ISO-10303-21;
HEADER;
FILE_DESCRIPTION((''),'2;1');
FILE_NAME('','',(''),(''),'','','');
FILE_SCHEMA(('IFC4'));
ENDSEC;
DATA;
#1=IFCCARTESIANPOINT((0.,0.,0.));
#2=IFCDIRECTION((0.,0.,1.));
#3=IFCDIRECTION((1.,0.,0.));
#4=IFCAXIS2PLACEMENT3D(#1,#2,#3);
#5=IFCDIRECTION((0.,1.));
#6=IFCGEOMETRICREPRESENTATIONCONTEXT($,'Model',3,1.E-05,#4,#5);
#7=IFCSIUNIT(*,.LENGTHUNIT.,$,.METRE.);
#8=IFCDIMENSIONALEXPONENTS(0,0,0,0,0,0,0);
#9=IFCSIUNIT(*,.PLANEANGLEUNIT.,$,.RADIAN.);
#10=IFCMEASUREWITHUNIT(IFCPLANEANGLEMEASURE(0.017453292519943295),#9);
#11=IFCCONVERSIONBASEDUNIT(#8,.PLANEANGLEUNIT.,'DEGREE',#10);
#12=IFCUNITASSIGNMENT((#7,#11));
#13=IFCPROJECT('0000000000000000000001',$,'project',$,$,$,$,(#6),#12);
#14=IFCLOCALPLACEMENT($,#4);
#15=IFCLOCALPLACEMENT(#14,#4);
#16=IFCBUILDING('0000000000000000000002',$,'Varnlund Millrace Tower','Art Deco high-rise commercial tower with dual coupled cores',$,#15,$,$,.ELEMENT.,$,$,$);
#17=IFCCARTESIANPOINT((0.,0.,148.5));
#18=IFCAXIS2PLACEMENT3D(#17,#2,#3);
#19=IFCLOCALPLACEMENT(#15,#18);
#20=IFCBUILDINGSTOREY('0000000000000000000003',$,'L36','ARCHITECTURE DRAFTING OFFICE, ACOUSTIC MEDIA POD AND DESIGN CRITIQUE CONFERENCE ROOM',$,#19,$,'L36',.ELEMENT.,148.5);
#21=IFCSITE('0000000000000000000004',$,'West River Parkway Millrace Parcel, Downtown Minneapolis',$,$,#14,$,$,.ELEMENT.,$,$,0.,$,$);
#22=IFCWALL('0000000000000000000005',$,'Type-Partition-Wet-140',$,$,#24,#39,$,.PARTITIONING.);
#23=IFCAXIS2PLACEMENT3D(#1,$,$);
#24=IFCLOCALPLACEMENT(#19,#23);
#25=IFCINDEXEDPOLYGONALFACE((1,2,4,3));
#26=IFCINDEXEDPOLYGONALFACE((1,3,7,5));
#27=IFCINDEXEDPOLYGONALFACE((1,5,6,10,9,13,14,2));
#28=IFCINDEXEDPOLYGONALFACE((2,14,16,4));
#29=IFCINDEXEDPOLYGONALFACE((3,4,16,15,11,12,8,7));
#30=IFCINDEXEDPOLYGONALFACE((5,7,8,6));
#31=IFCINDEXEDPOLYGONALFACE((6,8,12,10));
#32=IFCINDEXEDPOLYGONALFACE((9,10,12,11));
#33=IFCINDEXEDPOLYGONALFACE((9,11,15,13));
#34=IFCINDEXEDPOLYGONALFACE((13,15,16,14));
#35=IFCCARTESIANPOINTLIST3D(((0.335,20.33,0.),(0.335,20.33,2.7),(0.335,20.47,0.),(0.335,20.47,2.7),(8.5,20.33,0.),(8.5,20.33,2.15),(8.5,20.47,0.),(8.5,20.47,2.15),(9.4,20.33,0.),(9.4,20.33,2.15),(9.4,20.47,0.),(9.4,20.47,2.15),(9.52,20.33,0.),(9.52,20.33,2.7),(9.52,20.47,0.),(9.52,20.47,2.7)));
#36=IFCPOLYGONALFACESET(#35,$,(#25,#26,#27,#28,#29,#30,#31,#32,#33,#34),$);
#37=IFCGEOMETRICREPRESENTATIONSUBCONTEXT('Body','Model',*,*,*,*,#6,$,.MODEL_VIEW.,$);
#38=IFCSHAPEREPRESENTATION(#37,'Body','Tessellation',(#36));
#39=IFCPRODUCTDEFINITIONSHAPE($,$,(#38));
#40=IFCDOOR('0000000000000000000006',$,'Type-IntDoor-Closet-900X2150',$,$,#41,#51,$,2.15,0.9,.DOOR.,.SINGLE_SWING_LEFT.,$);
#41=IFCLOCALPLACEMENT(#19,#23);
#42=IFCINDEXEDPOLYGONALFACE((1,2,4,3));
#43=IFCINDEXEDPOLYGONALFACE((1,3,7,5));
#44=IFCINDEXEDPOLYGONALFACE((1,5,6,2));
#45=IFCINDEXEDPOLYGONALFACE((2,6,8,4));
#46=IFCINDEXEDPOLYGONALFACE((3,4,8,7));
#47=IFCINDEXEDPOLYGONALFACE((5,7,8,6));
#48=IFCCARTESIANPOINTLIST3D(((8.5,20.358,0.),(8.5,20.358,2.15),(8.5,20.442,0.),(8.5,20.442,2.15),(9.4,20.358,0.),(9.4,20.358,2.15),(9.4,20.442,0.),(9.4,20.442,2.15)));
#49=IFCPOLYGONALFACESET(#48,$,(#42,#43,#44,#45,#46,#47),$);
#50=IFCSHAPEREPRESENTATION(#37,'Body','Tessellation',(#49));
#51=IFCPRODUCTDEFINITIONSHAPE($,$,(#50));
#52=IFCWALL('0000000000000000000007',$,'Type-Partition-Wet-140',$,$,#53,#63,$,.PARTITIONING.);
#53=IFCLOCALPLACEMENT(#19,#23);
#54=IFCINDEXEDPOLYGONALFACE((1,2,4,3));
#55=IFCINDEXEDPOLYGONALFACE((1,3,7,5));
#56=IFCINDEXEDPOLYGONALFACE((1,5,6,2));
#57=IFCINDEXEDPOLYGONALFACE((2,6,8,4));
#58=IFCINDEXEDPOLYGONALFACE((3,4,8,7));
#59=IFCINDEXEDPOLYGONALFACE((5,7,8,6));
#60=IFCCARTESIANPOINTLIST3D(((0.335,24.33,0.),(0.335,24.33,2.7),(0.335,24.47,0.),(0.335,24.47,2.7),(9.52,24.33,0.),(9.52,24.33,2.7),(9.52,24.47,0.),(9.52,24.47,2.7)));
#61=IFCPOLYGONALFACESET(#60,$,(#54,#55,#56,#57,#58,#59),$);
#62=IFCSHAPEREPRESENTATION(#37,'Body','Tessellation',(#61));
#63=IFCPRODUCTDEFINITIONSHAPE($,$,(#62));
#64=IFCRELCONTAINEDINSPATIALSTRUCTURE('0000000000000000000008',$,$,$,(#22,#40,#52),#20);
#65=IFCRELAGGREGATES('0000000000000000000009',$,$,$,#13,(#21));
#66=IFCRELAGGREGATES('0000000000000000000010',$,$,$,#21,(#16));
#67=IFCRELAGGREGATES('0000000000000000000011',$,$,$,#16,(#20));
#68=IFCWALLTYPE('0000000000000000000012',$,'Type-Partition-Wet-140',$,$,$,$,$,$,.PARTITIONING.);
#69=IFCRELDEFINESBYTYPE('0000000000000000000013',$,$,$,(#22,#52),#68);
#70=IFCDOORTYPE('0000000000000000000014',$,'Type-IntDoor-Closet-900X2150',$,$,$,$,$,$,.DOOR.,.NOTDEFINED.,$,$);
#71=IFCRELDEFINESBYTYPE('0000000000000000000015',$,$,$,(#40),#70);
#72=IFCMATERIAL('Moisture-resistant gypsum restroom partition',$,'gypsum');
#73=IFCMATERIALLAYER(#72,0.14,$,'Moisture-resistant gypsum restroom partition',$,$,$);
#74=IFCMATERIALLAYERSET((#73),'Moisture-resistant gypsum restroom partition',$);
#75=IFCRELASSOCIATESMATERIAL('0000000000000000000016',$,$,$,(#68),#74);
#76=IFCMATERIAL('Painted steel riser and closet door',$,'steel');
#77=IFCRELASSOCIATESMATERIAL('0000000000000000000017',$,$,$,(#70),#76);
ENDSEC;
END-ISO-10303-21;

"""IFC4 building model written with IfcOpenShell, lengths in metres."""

from ifc_helpers import new_model, entity, si_unit, converted_unit, direction, frame, origin_with_axes, origin_2d_with_axis, place, context, subcontext, project, spatial, polyline, rectangle, outline, extrude, material, layer, layer_set, type_object, element, fill, save


model = new_model("IFC4")

# Units and contexts
model_context = context("Model", 3, precision=1e-05, world=origin_with_axes(), true_north=direction((0.0, 1.0)))
body_context = subcontext(model_context, "Body", "Model", "MODEL_VIEW")
ifc_project = project(units=[si_unit("LENGTHUNIT", "METRE"), converted_unit("PLANEANGLEUNIT", "DEGREE", entity("IfcPlaneAngleMeasure", 0.017453292519943295), si_unit("PLANEANGLEUNIT", "RADIAN"), dimensions=[0, 0, 0, 0, 0, 0, 0])], contexts=[model_context])

# Site, building, storey
site_placement = place(None, origin_with_axes())
site = spatial("IfcSite", under=ifc_project, at=site_placement, Name="West River Parkway Millrace Parcel, Downtown Minneapolis", CompositionType="ELEMENT", RefElevation=0.0)
building_placement = place(site_placement, origin_with_axes())
building = spatial("IfcBuilding", under=site, at=building_placement, Name="Varnlund Millrace Tower", Description="Art Deco high-rise commercial tower with dual coupled cores", CompositionType="ELEMENT")
storey_placement = place(building_placement, frame((0.0, 0.0, 148.5), z_axis=(0.0, 0.0, 1.0), x_axis=(1.0, 0.0, 0.0)))
storey = spatial("IfcBuildingStorey", under=building, at=storey_placement, Name="L36", Description="ARCHITECTURE DRAFTING OFFICE, ACOUSTIC MEDIA POD AND DESIGN CRITIQUE CONFERENCE ROOM", LongName="L36", CompositionType="ELEMENT", Elevation=148.5)

# Shared definitions
ifc_material_1 = material(Name="Moisture-resistant gypsum restroom partition", Category="gypsum")
ifc_layer_1 = layer(ifc_material_1, 0.14, Name="Moisture-resistant gypsum restroom partition")
ifc_layer_set_1 = layer_set([ifc_layer_1], Name="Moisture-resistant gypsum restroom partition")
wall_type_1 = type_object("IfcWallType", Name="Type-Partition-Wet-140", PredefinedType="PARTITIONING", material=ifc_layer_set_1)

# Wall, opening, door
ifc_material_2 = material(Name="Painted steel riser and closet door", Category="steel")
door_type_1 = type_object("IfcDoorType", Name="Type-IntDoor-Closet-900X2150", OperationType="NOTDEFINED", PredefinedType="DOOR", material=ifc_material_2)
wall_1_placement = place(storey_placement, frame((0.335, 20.4, 0.0), z_axis=(0.0, 0.0, 1.0), x_axis=(1.0, 0.0, 0.0)))
wall_1 = element("IfcWall", 1, at=wall_1_placement, inside=storey, type_object=wall_type_1, Name="Type-Partition-Wet-140", PredefinedType="PARTITIONING", context=body_context, shape_type="SweptSolid", body=[
    extrude(outline(polyline([(0.0, -0.07), (9.185, -0.07), (9.185, 0.07), (0.0, 0.07), (0.0, -0.07)])), origin_with_axes(), (0.0, 0.0, 1.0), 2.7),
])
opening_1_placement = place(wall_1_placement, frame((8.615, 0.0, 0.0), z_axis=(0.0, 0.0, 1.0), x_axis=(1.0, 0.0, 0.0)))
opening_1 = element("IfcOpeningElement", 2, at=opening_1_placement, cuts=wall_1, PredefinedType="OPENING", context=body_context, shape_type="SweptSolid", body=[
    extrude(rectangle(XDim=0.9, YDim=0.16, at=origin_2d_with_axis()), origin_with_axes(), (0.0, 0.0, 1.0), 2.15),
])
door_1_placement = place(wall_1_placement, frame((8.615, 0.0, 0.0), z_axis=(0.0, 0.0, 1.0), x_axis=(1.0, 0.0, 0.0)))
door_1 = element("IfcDoor", 3, at=door_1_placement, inside=storey, type_object=door_type_1, Name="Type-IntDoor-Closet-900X2150", OperationType="SINGLE_SWING_LEFT", OverallHeight=2.15, OverallWidth=0.9, PredefinedType="DOOR", context=body_context, shape_type="SweptSolid", body=[
    extrude(rectangle(XDim=0.9, YDim=0.084, at=origin_2d_with_axis()), origin_with_axes(), (0.0, 0.0, 1.0), 2.15),
])
fill(opening_1, door_1)

# Wall
wall_2_placement = place(storey_placement, frame((0.335, 24.4, 0.0), z_axis=(0.0, 0.0, 1.0), x_axis=(1.0, 0.0, 0.0)))
element("IfcWall", 4, at=wall_2_placement, inside=storey, type_object=wall_type_1, Name="Type-Partition-Wet-140", PredefinedType="PARTITIONING", context=body_context, shape_type="SweptSolid", body=[
    extrude(outline(polyline([(0.0, -0.07), (9.185, -0.07), (9.185, 0.07), (0.0, 0.07), (0.0, -0.07)])), origin_with_axes(), (0.0, 0.0, 1.0), 2.7),
])

save(model, "model.ifc")
